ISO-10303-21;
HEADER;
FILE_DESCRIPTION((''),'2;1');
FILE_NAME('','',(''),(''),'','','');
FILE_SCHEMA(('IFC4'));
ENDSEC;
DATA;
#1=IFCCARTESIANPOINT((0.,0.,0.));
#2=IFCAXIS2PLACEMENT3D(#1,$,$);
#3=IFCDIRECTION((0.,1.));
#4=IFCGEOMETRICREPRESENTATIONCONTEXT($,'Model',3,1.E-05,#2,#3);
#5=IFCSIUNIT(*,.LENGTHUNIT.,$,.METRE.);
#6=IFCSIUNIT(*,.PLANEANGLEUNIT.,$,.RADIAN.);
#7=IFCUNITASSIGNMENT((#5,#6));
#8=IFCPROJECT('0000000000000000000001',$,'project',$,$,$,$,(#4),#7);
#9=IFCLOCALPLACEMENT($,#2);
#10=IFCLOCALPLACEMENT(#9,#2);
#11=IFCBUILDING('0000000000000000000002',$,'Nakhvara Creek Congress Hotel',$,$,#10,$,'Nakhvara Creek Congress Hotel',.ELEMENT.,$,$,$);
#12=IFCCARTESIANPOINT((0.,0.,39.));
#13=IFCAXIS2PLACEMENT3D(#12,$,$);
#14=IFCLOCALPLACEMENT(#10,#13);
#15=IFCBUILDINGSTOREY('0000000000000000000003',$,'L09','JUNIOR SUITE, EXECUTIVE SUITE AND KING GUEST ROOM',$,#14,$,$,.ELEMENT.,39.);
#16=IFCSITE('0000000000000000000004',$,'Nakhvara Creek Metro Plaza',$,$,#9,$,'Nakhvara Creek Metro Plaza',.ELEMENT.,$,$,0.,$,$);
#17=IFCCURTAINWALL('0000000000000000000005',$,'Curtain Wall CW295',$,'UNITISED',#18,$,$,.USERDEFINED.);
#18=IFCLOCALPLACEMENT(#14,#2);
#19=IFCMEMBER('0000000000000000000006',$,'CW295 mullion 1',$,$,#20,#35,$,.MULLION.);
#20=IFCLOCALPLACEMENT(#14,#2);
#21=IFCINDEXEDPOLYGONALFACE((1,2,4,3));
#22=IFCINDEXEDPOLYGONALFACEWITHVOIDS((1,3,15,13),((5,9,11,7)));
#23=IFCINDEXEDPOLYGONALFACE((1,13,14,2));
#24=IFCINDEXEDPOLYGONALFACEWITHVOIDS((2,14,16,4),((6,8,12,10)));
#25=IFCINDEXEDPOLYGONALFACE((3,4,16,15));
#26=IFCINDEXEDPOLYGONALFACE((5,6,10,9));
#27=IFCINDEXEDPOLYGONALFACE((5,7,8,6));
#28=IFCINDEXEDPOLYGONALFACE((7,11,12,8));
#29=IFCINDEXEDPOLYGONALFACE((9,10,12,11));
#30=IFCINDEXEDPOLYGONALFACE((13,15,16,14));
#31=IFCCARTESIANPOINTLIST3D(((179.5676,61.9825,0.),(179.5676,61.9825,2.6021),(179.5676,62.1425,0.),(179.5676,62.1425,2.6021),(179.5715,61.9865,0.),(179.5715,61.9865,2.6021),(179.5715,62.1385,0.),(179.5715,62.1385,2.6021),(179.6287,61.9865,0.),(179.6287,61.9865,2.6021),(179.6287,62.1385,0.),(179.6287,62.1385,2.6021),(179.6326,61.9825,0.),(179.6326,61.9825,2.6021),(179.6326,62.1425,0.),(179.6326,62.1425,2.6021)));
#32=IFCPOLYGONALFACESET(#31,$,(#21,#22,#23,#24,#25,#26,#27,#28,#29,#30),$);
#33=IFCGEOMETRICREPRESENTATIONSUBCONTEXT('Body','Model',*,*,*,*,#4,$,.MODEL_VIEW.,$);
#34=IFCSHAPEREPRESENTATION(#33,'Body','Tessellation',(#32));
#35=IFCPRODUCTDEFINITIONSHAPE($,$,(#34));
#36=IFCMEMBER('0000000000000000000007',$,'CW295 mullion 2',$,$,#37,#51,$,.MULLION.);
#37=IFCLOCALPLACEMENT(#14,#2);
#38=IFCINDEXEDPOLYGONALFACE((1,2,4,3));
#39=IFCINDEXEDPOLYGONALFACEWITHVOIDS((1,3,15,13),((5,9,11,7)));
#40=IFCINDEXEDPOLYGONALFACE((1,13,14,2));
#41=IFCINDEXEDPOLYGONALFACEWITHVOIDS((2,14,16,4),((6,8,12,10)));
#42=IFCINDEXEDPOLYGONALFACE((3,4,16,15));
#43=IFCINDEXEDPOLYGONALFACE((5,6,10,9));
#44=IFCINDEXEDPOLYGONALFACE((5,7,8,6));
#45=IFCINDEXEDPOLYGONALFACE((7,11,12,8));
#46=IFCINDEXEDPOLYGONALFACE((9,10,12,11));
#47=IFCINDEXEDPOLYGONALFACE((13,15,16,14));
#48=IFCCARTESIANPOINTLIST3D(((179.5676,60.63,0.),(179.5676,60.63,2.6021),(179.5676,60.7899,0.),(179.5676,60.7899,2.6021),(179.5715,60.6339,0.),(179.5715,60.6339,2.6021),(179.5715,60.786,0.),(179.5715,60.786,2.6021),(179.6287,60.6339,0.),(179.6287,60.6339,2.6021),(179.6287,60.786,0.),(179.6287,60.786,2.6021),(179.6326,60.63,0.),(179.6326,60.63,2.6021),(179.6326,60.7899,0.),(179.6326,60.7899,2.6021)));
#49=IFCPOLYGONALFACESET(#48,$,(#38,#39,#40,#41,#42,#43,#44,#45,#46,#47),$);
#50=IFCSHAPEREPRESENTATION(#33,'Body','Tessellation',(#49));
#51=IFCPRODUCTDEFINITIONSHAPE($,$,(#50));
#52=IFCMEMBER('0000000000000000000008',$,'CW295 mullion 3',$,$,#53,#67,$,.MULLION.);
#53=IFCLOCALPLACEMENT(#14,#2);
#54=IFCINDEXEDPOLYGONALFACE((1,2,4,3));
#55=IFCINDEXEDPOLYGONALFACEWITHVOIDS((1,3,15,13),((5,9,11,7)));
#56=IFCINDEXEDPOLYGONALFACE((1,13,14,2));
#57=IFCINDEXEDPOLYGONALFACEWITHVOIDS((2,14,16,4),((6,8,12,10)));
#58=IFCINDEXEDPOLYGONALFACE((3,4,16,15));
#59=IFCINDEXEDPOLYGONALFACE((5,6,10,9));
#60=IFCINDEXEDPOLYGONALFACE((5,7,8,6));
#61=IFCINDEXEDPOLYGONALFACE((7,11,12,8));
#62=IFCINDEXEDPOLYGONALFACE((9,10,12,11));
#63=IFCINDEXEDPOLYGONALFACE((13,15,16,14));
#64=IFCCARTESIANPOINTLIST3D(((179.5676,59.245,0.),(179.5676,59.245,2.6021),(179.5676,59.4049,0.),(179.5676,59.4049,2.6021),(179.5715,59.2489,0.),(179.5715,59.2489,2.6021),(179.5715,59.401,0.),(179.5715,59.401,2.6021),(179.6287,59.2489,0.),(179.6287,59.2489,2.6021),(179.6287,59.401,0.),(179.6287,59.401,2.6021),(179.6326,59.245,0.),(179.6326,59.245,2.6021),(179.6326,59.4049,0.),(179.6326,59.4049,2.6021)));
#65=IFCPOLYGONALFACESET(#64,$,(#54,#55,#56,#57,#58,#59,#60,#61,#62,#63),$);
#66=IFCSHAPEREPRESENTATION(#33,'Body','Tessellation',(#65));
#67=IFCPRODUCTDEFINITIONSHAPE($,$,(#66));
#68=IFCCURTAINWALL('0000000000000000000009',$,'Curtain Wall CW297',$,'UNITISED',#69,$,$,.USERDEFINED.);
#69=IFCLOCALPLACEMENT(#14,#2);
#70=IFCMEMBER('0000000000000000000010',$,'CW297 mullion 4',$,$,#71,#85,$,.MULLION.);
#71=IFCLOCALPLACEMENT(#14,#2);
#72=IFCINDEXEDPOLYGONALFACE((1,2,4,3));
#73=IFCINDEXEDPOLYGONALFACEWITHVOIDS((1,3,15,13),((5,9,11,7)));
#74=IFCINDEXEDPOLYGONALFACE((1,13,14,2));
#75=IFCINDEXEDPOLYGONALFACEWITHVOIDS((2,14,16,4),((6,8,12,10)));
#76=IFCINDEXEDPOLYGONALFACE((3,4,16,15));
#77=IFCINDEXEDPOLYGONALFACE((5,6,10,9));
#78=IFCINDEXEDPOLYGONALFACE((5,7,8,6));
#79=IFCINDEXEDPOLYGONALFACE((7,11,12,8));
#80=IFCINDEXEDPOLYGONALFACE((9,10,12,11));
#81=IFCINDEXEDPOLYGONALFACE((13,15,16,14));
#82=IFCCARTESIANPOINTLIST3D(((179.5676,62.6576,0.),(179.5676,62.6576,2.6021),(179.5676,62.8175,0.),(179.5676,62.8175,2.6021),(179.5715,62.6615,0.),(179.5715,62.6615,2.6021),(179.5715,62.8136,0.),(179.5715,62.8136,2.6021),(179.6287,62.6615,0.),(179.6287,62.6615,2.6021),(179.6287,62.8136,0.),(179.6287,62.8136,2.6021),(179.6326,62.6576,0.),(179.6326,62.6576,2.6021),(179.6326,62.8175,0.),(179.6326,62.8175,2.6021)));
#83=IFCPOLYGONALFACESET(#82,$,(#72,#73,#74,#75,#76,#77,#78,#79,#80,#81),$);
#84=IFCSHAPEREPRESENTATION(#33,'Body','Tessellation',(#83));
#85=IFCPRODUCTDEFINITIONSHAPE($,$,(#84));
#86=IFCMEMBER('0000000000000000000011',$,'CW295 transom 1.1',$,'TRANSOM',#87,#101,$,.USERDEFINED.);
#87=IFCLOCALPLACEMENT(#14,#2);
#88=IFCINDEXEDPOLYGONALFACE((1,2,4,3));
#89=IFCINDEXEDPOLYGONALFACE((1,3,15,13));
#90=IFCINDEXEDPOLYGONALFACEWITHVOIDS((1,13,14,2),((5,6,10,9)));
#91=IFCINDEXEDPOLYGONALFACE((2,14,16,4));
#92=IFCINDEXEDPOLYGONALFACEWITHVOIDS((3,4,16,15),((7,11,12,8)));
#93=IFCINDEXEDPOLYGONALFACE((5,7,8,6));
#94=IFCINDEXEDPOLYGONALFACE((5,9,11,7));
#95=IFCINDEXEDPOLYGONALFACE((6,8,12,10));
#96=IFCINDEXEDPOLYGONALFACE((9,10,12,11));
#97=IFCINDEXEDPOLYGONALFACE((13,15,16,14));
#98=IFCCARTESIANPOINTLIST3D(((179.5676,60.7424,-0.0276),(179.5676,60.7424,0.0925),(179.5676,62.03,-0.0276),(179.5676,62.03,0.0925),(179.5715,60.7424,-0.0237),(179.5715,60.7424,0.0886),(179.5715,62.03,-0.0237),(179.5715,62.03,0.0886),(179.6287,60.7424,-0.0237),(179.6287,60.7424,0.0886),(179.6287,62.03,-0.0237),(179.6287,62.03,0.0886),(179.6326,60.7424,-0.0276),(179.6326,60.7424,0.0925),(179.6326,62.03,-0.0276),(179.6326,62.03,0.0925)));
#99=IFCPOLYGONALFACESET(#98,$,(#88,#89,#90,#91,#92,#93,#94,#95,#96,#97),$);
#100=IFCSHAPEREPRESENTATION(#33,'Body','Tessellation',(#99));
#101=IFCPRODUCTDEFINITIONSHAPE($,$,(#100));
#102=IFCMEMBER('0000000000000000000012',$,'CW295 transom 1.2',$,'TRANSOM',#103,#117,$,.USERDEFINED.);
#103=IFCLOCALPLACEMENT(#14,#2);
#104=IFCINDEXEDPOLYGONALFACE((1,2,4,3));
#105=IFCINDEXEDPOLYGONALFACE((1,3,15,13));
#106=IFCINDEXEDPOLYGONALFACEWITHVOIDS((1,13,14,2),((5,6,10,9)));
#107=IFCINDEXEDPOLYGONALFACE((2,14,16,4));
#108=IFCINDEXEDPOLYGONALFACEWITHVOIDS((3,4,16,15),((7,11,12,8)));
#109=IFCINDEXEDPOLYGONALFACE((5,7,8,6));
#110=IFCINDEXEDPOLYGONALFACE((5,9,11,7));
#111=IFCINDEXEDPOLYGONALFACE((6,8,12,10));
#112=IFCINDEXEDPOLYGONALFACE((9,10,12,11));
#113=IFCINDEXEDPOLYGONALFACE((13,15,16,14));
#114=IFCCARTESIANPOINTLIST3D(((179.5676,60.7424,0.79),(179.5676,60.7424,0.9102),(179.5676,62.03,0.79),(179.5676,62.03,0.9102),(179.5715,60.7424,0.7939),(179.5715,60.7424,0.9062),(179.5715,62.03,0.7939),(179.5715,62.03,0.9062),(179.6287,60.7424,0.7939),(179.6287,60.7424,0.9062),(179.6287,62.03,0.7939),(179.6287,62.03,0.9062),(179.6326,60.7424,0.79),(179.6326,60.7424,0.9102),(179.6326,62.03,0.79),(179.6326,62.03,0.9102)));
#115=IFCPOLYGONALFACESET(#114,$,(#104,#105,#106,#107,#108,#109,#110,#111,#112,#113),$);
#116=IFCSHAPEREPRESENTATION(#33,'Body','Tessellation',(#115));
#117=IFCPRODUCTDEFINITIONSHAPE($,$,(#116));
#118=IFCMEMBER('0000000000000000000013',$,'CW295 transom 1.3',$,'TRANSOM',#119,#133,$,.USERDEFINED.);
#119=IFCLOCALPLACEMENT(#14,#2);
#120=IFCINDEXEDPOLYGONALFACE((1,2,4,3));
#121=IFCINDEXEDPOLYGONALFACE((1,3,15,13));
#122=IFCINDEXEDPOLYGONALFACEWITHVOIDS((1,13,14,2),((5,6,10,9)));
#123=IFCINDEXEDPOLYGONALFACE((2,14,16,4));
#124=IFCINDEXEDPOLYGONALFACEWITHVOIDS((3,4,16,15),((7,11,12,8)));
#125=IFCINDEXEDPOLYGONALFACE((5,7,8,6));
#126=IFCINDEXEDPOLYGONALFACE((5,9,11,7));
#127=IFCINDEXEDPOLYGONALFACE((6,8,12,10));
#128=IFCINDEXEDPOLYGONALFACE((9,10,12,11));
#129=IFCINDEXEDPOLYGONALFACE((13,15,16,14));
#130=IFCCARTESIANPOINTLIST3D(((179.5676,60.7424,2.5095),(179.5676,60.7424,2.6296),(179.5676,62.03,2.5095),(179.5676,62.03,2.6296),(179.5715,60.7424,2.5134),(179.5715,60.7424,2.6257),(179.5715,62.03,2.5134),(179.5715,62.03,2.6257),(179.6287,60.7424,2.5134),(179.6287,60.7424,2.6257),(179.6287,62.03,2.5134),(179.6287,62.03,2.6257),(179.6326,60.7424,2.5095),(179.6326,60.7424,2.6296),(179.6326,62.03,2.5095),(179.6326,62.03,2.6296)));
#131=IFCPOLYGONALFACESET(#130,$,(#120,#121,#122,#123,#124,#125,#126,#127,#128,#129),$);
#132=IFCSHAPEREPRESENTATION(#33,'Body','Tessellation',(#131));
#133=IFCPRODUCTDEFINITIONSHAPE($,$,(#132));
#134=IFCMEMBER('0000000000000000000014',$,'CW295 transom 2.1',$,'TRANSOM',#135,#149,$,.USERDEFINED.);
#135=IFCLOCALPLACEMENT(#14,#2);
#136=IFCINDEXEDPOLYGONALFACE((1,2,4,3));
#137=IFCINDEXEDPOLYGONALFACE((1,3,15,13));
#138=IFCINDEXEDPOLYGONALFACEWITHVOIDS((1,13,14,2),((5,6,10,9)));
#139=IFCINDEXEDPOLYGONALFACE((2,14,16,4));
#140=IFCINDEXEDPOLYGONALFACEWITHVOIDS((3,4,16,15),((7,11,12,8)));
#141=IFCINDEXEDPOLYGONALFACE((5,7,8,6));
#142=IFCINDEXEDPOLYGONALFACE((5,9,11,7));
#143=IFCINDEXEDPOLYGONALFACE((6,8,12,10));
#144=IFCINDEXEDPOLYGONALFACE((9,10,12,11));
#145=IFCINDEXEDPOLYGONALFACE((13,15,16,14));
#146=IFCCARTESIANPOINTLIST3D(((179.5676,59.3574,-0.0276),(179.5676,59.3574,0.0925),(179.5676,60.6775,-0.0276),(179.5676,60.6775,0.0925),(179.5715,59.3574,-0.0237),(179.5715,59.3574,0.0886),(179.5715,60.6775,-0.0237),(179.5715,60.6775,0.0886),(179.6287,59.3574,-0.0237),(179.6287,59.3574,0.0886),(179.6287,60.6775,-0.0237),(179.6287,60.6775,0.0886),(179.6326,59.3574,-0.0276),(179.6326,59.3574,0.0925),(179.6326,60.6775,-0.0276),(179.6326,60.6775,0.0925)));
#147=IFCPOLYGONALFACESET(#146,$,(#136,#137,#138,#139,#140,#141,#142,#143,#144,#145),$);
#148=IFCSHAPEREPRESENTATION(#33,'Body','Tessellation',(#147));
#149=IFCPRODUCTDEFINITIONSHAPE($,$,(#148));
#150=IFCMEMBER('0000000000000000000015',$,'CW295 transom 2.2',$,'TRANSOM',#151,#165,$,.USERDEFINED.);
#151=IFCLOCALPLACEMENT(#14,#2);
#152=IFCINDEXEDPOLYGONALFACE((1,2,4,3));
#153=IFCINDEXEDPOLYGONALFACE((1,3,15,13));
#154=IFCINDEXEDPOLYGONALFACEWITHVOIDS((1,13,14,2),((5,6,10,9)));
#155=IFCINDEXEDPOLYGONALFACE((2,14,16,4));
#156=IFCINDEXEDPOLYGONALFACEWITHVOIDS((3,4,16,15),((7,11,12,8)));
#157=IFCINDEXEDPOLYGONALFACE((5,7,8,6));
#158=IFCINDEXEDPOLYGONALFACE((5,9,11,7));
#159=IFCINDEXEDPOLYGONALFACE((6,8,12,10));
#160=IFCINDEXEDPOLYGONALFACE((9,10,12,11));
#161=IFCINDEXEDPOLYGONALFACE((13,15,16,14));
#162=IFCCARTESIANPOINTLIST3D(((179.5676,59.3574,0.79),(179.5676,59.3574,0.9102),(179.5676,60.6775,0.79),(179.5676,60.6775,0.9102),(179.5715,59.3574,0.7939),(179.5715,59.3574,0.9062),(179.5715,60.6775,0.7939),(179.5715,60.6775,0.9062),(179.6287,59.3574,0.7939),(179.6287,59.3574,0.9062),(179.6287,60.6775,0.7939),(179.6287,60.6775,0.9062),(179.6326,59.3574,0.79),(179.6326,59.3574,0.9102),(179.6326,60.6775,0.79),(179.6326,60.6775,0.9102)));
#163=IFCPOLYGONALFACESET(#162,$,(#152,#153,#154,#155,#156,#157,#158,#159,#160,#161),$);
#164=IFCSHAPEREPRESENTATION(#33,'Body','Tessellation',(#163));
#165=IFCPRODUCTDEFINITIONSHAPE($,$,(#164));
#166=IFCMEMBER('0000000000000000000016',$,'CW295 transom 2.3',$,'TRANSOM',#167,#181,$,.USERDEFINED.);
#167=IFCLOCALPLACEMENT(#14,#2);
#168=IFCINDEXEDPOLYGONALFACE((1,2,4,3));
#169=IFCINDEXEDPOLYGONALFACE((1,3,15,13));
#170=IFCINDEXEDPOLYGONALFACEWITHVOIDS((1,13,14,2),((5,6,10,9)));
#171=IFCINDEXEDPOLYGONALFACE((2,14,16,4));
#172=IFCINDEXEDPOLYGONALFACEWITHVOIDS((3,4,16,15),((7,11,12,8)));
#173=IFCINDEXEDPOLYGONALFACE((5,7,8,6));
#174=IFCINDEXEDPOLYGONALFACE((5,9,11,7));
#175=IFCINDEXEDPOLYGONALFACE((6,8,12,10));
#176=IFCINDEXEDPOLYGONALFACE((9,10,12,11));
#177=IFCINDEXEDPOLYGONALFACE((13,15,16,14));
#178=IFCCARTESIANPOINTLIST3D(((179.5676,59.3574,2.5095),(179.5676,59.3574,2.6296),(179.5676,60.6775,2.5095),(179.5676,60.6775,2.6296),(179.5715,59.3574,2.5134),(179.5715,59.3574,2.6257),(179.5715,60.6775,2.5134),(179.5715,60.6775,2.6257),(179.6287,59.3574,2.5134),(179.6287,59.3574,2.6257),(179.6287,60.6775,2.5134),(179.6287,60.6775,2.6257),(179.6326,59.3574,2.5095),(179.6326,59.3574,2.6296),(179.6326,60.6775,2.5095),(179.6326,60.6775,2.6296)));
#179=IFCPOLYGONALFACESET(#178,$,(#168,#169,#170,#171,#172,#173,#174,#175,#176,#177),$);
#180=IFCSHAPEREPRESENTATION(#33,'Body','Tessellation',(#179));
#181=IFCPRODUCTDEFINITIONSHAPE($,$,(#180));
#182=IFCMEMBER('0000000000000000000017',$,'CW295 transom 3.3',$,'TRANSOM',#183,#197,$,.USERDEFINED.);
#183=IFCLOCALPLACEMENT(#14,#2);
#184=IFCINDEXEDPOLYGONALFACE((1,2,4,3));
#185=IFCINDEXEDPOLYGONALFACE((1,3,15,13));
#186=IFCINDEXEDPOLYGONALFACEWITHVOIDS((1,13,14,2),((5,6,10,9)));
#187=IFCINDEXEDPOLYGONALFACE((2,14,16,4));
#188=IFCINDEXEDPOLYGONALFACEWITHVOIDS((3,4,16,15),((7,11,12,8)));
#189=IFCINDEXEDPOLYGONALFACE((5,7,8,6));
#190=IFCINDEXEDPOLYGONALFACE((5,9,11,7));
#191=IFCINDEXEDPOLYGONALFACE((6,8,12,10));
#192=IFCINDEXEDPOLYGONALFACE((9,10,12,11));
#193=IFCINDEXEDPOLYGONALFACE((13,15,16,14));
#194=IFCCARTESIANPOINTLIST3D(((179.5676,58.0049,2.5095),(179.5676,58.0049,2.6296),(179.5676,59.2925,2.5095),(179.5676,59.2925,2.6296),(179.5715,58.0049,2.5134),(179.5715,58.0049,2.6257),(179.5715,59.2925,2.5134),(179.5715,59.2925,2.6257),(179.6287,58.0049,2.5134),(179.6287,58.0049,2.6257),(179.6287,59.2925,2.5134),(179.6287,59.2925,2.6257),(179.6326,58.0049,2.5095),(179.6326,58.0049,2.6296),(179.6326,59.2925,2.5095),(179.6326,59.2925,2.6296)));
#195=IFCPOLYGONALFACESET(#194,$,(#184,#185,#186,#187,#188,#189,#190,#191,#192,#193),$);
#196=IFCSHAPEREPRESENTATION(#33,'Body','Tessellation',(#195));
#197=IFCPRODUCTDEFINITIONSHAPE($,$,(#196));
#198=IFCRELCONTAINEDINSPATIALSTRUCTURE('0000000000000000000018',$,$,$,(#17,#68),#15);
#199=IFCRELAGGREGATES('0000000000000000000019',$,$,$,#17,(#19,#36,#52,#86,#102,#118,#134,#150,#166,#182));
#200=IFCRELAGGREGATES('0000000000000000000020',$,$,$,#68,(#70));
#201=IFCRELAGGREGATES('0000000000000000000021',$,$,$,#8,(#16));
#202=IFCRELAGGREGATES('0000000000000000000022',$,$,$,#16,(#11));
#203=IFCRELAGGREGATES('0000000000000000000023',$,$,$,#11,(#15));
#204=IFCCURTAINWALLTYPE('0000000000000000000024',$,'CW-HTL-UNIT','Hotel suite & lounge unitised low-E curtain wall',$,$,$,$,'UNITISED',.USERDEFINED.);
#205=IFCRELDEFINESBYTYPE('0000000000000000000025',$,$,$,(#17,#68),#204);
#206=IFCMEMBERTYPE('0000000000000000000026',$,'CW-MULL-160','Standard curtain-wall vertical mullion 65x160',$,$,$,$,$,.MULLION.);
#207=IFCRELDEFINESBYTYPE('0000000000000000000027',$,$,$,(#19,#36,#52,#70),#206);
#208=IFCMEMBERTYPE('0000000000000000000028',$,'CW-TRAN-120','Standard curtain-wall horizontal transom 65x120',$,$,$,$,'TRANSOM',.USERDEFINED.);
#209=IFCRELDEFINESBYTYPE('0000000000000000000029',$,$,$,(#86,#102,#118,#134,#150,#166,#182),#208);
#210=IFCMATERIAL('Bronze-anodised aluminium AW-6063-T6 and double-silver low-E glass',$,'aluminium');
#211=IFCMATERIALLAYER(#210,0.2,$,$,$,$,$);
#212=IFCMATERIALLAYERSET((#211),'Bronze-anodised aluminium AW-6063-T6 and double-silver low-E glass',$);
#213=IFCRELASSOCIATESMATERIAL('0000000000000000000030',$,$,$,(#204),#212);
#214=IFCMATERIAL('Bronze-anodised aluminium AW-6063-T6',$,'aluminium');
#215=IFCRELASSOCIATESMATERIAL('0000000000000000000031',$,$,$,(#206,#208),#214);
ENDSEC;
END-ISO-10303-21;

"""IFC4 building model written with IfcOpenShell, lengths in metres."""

from ifc_helpers import new_model, si_unit, direction, frame, origin, origin_2d, place, context, subcontext, project, spatial, hollow_rectangle, extrude, material, layer, layer_set, material_profile, profile_set, type_object, element, aggregate, save


model = new_model("IFC4")

# Units and contexts
model_context = context("Model", 3, precision=1e-05, world=origin(), true_north=direction((0.0, 1.0)))
body_context = subcontext(model_context, "Body", "Model", "MODEL_VIEW")
ifc_project = project(units=[si_unit("LENGTHUNIT", "METRE"), si_unit("PLANEANGLEUNIT", "RADIAN")], contexts=[model_context])

# Site, building, storey
site_placement = place(None, origin())
site = spatial("IfcSite", under=ifc_project, at=site_placement, Name="Nakhvara Creek Metro Plaza", LongName="Nakhvara Creek Metro Plaza", CompositionType="ELEMENT", RefElevation=0.0)
building_placement = place(site_placement, origin())
building = spatial("IfcBuilding", under=site, at=building_placement, Name="Nakhvara Creek Congress Hotel", LongName="Nakhvara Creek Congress Hotel", CompositionType="ELEMENT")
storey_placement = place(building_placement, frame((0.0, 0.0, 39.0)))
storey = spatial("IfcBuildingStorey", under=building, at=storey_placement, Name="L09", Description="JUNIOR SUITE, EXECUTIVE SUITE AND KING GUEST ROOM", CompositionType="ELEMENT", Elevation=39.0)

# Curtain wall, members
ifc_material_1 = material(Name="Bronze-anodised aluminium AW-6063-T6 and double-silver low-E glass", Category="aluminium")
ifc_layer_1 = layer(ifc_material_1, 0.2)
ifc_layer_set_1 = layer_set([ifc_layer_1], Name="Bronze-anodised aluminium AW-6063-T6 and double-silver low-E glass")
curtain_wall_type = type_object("IfcCurtainWallType", Name="CW-HTL-UNIT", Description="Hotel suite & lounge unitised low-E curtain wall", ElementType="UNITISED", PredefinedType="USERDEFINED", material=ifc_layer_set_1)
curtain_wall_1_placement = place(storey_placement, origin())
curtain_wall_1 = element("IfcCurtainWall", 1, at=curtain_wall_1_placement, inside=storey, type_object=curtain_wall_type, Name="Curtain Wall CW295", ObjectType="UNITISED", PredefinedType="USERDEFINED")
ifc_material_2 = material(Name="Bronze-anodised aluminium AW-6063-T6", Category="aluminium")
ifc_material_profile_1 = material_profile(ifc_material_2, hollow_rectangle(XDim=0.0649, YDim=0.1599, WallThickness=0.0039, at=origin_2d()), Name="ALU-MULL 65x160x4", Category="LoadBearing")
ifc_profile_set_1 = profile_set([ifc_material_profile_1], Name="Bronze-anodised aluminium AW-6063-T6")
member_type_1 = type_object("IfcMemberType", Name="CW-MULL-160", Description="Standard curtain-wall vertical mullion 65x160", PredefinedType="MULLION", material=ifc_profile_set_1)
member_1_placement = place(storey_placement, frame((179.6001, 62.0625, 0.0), z_axis=(0.0, 0.0, 1.0), x_axis=(1.0, 0.0, 0.0)))
member_1 = element("IfcMember", 2, at=member_1_placement, type_object=member_type_1, Name="CW295 mullion 1", PredefinedType="MULLION", context=body_context, shape_type="SweptSolid", body=[
    extrude(hollow_rectangle(XDim=0.0649, YDim=0.1599, WallThickness=0.0039, at=origin_2d()), origin(), (0.0, 0.0, 1.0), 2.6021),
])
member_2_placement = place(storey_placement, frame((179.6001, 60.71, 0.0), z_axis=(0.0, 0.0, 1.0), x_axis=(1.0, 0.0, 0.0)))
member_2 = element("IfcMember", 3, at=member_2_placement, type_object=member_type_1, Name="CW295 mullion 2", PredefinedType="MULLION", context=body_context, shape_type="SweptSolid", body=[
    extrude(hollow_rectangle(XDim=0.0649, YDim=0.1599, WallThickness=0.0039, at=origin_2d()), origin(), (0.0, 0.0, 1.0), 2.6021),
])
member_3_placement = place(storey_placement, frame((179.6001, 59.325, 0.0), z_axis=(0.0, 0.0, 1.0), x_axis=(1.0, 0.0, 0.0)))
member_3 = element("IfcMember", 4, at=member_3_placement, type_object=member_type_1, Name="CW295 mullion 3", PredefinedType="MULLION", context=body_context, shape_type="SweptSolid", body=[
    extrude(hollow_rectangle(XDim=0.0649, YDim=0.1599, WallThickness=0.0039, at=origin_2d()), origin(), (0.0, 0.0, 1.0), 2.6021),
])

# Curtain wall, member
curtain_wall_2_placement = place(storey_placement, origin())
curtain_wall_2 = element("IfcCurtainWall", 5, at=curtain_wall_2_placement, inside=storey, type_object=curtain_wall_type, Name="Curtain Wall CW297", ObjectType="UNITISED", PredefinedType="USERDEFINED")
member_4_placement = place(storey_placement, frame((179.6001, 62.7375, 0.0), z_axis=(0.0, 0.0, 1.0), x_axis=(1.0, 0.0, 0.0)))
member_4 = element("IfcMember", 6, at=member_4_placement, type_object=member_type_1, Name="CW297 mullion 4", PredefinedType="MULLION", context=body_context, shape_type="SweptSolid", body=[
    extrude(hollow_rectangle(XDim=0.0649, YDim=0.1599, WallThickness=0.0039, at=origin_2d()), origin(), (0.0, 0.0, 1.0), 2.6021),
])

# Members
ifc_material_profile_2 = material_profile(ifc_material_2, hollow_rectangle(XDim=0.0649, YDim=0.1201, WallThickness=0.0039, at=origin_2d()), Name="ALU-TRAN 65x120x4", Category="LoadBearing")
ifc_profile_set_2 = profile_set([ifc_material_profile_2], Name="Bronze-anodised aluminium AW-6063-T6")
member_type_2 = type_object("IfcMemberType", Name="CW-TRAN-120", Description="Standard curtain-wall horizontal transom 65x120", ElementType="TRANSOM", PredefinedType="USERDEFINED", material=ifc_profile_set_2)
member_5_placement = place(storey_placement, frame((179.6001, 62.03, 0.0325), z_axis=(0.0, -1.0, 0.0), x_axis=(1.0, 0.0, 0.0)))
member_5 = element("IfcMember", 7, at=member_5_placement, type_object=member_type_2, Name="CW295 transom 1.1", ObjectType="TRANSOM", PredefinedType="USERDEFINED", context=body_context, shape_type="SweptSolid", body=[
    extrude(hollow_rectangle(XDim=0.0649, YDim=0.1201, WallThickness=0.0039, at=origin_2d()), origin(), (0.0, 0.0, 1.0), 1.2876),
])
member_6_placement = place(storey_placement, frame((179.6001, 62.03, 0.8501), z_axis=(0.0, -1.0, 0.0), x_axis=(1.0, 0.0, 0.0)))
member_6 = element("IfcMember", 8, at=member_6_placement, type_object=member_type_2, Name="CW295 transom 1.2", ObjectType="TRANSOM", PredefinedType="USERDEFINED", context=body_context, shape_type="SweptSolid", body=[
    extrude(hollow_rectangle(XDim=0.0649, YDim=0.1201, WallThickness=0.0039, at=origin_2d()), origin(), (0.0, 0.0, 1.0), 1.2876),
])
member_7_placement = place(storey_placement, frame((179.6001, 62.03, 2.5696), z_axis=(0.0, -1.0, 0.0), x_axis=(1.0, 0.0, 0.0)))
member_7 = element("IfcMember", 9, at=member_7_placement, type_object=member_type_2, Name="CW295 transom 1.3", ObjectType="TRANSOM", PredefinedType="USERDEFINED", context=body_context, shape_type="SweptSolid", body=[
    extrude(hollow_rectangle(XDim=0.0649, YDim=0.1201, WallThickness=0.0039, at=origin_2d()), origin(), (0.0, 0.0, 1.0), 1.2876),
])
member_8_placement = place(storey_placement, frame((179.6001, 60.6775, 0.0325), z_axis=(0.0, -1.0, 0.0), x_axis=(1.0, 0.0, 0.0)))
member_8 = element("IfcMember", 10, at=member_8_placement, type_object=member_type_2, Name="CW295 transom 2.1", ObjectType="TRANSOM", PredefinedType="USERDEFINED", context=body_context, shape_type="SweptSolid", body=[
    extrude(hollow_rectangle(XDim=0.0649, YDim=0.1201, WallThickness=0.0039, at=origin_2d()), origin(), (0.0, 0.0, 1.0), 1.3201),
])
member_9_placement = place(storey_placement, frame((179.6001, 60.6775, 0.8501), z_axis=(0.0, -1.0, 0.0), x_axis=(1.0, 0.0, 0.0)))
member_9 = element("IfcMember", 11, at=member_9_placement, type_object=member_type_2, Name="CW295 transom 2.2", ObjectType="TRANSOM", PredefinedType="USERDEFINED", context=body_context, shape_type="SweptSolid", body=[
    extrude(hollow_rectangle(XDim=0.0649, YDim=0.1201, WallThickness=0.0039, at=origin_2d()), origin(), (0.0, 0.0, 1.0), 1.3201),
])
member_10_placement = place(storey_placement, frame((179.6001, 60.6775, 2.5696), z_axis=(0.0, -1.0, 0.0), x_axis=(1.0, 0.0, 0.0)))
member_10 = element("IfcMember", 12, at=member_10_placement, type_object=member_type_2, Name="CW295 transom 2.3", ObjectType="TRANSOM", PredefinedType="USERDEFINED", context=body_context, shape_type="SweptSolid", body=[
    extrude(hollow_rectangle(XDim=0.0649, YDim=0.1201, WallThickness=0.0039, at=origin_2d()), origin(), (0.0, 0.0, 1.0), 1.3201),
])
member_11_placement = place(storey_placement, frame((179.6001, 59.2925, 2.5696), z_axis=(0.0, -1.0, 0.0), x_axis=(1.0, 0.0, 0.0)))
member_11 = element("IfcMember", 13, at=member_11_placement, type_object=member_type_2, Name="CW295 transom 3.3", ObjectType="TRANSOM", PredefinedType="USERDEFINED", context=body_context, shape_type="SweptSolid", body=[
    extrude(hollow_rectangle(XDim=0.0649, YDim=0.1201, WallThickness=0.0039, at=origin_2d()), origin(), (0.0, 0.0, 1.0), 1.2876),
])

aggregate(curtain_wall_1, [member_1, member_2, member_3, member_5, member_6, member_7, member_8, member_9, member_10, member_11])
aggregate(curtain_wall_2, [member_4])

save(model, "model.ifc")
